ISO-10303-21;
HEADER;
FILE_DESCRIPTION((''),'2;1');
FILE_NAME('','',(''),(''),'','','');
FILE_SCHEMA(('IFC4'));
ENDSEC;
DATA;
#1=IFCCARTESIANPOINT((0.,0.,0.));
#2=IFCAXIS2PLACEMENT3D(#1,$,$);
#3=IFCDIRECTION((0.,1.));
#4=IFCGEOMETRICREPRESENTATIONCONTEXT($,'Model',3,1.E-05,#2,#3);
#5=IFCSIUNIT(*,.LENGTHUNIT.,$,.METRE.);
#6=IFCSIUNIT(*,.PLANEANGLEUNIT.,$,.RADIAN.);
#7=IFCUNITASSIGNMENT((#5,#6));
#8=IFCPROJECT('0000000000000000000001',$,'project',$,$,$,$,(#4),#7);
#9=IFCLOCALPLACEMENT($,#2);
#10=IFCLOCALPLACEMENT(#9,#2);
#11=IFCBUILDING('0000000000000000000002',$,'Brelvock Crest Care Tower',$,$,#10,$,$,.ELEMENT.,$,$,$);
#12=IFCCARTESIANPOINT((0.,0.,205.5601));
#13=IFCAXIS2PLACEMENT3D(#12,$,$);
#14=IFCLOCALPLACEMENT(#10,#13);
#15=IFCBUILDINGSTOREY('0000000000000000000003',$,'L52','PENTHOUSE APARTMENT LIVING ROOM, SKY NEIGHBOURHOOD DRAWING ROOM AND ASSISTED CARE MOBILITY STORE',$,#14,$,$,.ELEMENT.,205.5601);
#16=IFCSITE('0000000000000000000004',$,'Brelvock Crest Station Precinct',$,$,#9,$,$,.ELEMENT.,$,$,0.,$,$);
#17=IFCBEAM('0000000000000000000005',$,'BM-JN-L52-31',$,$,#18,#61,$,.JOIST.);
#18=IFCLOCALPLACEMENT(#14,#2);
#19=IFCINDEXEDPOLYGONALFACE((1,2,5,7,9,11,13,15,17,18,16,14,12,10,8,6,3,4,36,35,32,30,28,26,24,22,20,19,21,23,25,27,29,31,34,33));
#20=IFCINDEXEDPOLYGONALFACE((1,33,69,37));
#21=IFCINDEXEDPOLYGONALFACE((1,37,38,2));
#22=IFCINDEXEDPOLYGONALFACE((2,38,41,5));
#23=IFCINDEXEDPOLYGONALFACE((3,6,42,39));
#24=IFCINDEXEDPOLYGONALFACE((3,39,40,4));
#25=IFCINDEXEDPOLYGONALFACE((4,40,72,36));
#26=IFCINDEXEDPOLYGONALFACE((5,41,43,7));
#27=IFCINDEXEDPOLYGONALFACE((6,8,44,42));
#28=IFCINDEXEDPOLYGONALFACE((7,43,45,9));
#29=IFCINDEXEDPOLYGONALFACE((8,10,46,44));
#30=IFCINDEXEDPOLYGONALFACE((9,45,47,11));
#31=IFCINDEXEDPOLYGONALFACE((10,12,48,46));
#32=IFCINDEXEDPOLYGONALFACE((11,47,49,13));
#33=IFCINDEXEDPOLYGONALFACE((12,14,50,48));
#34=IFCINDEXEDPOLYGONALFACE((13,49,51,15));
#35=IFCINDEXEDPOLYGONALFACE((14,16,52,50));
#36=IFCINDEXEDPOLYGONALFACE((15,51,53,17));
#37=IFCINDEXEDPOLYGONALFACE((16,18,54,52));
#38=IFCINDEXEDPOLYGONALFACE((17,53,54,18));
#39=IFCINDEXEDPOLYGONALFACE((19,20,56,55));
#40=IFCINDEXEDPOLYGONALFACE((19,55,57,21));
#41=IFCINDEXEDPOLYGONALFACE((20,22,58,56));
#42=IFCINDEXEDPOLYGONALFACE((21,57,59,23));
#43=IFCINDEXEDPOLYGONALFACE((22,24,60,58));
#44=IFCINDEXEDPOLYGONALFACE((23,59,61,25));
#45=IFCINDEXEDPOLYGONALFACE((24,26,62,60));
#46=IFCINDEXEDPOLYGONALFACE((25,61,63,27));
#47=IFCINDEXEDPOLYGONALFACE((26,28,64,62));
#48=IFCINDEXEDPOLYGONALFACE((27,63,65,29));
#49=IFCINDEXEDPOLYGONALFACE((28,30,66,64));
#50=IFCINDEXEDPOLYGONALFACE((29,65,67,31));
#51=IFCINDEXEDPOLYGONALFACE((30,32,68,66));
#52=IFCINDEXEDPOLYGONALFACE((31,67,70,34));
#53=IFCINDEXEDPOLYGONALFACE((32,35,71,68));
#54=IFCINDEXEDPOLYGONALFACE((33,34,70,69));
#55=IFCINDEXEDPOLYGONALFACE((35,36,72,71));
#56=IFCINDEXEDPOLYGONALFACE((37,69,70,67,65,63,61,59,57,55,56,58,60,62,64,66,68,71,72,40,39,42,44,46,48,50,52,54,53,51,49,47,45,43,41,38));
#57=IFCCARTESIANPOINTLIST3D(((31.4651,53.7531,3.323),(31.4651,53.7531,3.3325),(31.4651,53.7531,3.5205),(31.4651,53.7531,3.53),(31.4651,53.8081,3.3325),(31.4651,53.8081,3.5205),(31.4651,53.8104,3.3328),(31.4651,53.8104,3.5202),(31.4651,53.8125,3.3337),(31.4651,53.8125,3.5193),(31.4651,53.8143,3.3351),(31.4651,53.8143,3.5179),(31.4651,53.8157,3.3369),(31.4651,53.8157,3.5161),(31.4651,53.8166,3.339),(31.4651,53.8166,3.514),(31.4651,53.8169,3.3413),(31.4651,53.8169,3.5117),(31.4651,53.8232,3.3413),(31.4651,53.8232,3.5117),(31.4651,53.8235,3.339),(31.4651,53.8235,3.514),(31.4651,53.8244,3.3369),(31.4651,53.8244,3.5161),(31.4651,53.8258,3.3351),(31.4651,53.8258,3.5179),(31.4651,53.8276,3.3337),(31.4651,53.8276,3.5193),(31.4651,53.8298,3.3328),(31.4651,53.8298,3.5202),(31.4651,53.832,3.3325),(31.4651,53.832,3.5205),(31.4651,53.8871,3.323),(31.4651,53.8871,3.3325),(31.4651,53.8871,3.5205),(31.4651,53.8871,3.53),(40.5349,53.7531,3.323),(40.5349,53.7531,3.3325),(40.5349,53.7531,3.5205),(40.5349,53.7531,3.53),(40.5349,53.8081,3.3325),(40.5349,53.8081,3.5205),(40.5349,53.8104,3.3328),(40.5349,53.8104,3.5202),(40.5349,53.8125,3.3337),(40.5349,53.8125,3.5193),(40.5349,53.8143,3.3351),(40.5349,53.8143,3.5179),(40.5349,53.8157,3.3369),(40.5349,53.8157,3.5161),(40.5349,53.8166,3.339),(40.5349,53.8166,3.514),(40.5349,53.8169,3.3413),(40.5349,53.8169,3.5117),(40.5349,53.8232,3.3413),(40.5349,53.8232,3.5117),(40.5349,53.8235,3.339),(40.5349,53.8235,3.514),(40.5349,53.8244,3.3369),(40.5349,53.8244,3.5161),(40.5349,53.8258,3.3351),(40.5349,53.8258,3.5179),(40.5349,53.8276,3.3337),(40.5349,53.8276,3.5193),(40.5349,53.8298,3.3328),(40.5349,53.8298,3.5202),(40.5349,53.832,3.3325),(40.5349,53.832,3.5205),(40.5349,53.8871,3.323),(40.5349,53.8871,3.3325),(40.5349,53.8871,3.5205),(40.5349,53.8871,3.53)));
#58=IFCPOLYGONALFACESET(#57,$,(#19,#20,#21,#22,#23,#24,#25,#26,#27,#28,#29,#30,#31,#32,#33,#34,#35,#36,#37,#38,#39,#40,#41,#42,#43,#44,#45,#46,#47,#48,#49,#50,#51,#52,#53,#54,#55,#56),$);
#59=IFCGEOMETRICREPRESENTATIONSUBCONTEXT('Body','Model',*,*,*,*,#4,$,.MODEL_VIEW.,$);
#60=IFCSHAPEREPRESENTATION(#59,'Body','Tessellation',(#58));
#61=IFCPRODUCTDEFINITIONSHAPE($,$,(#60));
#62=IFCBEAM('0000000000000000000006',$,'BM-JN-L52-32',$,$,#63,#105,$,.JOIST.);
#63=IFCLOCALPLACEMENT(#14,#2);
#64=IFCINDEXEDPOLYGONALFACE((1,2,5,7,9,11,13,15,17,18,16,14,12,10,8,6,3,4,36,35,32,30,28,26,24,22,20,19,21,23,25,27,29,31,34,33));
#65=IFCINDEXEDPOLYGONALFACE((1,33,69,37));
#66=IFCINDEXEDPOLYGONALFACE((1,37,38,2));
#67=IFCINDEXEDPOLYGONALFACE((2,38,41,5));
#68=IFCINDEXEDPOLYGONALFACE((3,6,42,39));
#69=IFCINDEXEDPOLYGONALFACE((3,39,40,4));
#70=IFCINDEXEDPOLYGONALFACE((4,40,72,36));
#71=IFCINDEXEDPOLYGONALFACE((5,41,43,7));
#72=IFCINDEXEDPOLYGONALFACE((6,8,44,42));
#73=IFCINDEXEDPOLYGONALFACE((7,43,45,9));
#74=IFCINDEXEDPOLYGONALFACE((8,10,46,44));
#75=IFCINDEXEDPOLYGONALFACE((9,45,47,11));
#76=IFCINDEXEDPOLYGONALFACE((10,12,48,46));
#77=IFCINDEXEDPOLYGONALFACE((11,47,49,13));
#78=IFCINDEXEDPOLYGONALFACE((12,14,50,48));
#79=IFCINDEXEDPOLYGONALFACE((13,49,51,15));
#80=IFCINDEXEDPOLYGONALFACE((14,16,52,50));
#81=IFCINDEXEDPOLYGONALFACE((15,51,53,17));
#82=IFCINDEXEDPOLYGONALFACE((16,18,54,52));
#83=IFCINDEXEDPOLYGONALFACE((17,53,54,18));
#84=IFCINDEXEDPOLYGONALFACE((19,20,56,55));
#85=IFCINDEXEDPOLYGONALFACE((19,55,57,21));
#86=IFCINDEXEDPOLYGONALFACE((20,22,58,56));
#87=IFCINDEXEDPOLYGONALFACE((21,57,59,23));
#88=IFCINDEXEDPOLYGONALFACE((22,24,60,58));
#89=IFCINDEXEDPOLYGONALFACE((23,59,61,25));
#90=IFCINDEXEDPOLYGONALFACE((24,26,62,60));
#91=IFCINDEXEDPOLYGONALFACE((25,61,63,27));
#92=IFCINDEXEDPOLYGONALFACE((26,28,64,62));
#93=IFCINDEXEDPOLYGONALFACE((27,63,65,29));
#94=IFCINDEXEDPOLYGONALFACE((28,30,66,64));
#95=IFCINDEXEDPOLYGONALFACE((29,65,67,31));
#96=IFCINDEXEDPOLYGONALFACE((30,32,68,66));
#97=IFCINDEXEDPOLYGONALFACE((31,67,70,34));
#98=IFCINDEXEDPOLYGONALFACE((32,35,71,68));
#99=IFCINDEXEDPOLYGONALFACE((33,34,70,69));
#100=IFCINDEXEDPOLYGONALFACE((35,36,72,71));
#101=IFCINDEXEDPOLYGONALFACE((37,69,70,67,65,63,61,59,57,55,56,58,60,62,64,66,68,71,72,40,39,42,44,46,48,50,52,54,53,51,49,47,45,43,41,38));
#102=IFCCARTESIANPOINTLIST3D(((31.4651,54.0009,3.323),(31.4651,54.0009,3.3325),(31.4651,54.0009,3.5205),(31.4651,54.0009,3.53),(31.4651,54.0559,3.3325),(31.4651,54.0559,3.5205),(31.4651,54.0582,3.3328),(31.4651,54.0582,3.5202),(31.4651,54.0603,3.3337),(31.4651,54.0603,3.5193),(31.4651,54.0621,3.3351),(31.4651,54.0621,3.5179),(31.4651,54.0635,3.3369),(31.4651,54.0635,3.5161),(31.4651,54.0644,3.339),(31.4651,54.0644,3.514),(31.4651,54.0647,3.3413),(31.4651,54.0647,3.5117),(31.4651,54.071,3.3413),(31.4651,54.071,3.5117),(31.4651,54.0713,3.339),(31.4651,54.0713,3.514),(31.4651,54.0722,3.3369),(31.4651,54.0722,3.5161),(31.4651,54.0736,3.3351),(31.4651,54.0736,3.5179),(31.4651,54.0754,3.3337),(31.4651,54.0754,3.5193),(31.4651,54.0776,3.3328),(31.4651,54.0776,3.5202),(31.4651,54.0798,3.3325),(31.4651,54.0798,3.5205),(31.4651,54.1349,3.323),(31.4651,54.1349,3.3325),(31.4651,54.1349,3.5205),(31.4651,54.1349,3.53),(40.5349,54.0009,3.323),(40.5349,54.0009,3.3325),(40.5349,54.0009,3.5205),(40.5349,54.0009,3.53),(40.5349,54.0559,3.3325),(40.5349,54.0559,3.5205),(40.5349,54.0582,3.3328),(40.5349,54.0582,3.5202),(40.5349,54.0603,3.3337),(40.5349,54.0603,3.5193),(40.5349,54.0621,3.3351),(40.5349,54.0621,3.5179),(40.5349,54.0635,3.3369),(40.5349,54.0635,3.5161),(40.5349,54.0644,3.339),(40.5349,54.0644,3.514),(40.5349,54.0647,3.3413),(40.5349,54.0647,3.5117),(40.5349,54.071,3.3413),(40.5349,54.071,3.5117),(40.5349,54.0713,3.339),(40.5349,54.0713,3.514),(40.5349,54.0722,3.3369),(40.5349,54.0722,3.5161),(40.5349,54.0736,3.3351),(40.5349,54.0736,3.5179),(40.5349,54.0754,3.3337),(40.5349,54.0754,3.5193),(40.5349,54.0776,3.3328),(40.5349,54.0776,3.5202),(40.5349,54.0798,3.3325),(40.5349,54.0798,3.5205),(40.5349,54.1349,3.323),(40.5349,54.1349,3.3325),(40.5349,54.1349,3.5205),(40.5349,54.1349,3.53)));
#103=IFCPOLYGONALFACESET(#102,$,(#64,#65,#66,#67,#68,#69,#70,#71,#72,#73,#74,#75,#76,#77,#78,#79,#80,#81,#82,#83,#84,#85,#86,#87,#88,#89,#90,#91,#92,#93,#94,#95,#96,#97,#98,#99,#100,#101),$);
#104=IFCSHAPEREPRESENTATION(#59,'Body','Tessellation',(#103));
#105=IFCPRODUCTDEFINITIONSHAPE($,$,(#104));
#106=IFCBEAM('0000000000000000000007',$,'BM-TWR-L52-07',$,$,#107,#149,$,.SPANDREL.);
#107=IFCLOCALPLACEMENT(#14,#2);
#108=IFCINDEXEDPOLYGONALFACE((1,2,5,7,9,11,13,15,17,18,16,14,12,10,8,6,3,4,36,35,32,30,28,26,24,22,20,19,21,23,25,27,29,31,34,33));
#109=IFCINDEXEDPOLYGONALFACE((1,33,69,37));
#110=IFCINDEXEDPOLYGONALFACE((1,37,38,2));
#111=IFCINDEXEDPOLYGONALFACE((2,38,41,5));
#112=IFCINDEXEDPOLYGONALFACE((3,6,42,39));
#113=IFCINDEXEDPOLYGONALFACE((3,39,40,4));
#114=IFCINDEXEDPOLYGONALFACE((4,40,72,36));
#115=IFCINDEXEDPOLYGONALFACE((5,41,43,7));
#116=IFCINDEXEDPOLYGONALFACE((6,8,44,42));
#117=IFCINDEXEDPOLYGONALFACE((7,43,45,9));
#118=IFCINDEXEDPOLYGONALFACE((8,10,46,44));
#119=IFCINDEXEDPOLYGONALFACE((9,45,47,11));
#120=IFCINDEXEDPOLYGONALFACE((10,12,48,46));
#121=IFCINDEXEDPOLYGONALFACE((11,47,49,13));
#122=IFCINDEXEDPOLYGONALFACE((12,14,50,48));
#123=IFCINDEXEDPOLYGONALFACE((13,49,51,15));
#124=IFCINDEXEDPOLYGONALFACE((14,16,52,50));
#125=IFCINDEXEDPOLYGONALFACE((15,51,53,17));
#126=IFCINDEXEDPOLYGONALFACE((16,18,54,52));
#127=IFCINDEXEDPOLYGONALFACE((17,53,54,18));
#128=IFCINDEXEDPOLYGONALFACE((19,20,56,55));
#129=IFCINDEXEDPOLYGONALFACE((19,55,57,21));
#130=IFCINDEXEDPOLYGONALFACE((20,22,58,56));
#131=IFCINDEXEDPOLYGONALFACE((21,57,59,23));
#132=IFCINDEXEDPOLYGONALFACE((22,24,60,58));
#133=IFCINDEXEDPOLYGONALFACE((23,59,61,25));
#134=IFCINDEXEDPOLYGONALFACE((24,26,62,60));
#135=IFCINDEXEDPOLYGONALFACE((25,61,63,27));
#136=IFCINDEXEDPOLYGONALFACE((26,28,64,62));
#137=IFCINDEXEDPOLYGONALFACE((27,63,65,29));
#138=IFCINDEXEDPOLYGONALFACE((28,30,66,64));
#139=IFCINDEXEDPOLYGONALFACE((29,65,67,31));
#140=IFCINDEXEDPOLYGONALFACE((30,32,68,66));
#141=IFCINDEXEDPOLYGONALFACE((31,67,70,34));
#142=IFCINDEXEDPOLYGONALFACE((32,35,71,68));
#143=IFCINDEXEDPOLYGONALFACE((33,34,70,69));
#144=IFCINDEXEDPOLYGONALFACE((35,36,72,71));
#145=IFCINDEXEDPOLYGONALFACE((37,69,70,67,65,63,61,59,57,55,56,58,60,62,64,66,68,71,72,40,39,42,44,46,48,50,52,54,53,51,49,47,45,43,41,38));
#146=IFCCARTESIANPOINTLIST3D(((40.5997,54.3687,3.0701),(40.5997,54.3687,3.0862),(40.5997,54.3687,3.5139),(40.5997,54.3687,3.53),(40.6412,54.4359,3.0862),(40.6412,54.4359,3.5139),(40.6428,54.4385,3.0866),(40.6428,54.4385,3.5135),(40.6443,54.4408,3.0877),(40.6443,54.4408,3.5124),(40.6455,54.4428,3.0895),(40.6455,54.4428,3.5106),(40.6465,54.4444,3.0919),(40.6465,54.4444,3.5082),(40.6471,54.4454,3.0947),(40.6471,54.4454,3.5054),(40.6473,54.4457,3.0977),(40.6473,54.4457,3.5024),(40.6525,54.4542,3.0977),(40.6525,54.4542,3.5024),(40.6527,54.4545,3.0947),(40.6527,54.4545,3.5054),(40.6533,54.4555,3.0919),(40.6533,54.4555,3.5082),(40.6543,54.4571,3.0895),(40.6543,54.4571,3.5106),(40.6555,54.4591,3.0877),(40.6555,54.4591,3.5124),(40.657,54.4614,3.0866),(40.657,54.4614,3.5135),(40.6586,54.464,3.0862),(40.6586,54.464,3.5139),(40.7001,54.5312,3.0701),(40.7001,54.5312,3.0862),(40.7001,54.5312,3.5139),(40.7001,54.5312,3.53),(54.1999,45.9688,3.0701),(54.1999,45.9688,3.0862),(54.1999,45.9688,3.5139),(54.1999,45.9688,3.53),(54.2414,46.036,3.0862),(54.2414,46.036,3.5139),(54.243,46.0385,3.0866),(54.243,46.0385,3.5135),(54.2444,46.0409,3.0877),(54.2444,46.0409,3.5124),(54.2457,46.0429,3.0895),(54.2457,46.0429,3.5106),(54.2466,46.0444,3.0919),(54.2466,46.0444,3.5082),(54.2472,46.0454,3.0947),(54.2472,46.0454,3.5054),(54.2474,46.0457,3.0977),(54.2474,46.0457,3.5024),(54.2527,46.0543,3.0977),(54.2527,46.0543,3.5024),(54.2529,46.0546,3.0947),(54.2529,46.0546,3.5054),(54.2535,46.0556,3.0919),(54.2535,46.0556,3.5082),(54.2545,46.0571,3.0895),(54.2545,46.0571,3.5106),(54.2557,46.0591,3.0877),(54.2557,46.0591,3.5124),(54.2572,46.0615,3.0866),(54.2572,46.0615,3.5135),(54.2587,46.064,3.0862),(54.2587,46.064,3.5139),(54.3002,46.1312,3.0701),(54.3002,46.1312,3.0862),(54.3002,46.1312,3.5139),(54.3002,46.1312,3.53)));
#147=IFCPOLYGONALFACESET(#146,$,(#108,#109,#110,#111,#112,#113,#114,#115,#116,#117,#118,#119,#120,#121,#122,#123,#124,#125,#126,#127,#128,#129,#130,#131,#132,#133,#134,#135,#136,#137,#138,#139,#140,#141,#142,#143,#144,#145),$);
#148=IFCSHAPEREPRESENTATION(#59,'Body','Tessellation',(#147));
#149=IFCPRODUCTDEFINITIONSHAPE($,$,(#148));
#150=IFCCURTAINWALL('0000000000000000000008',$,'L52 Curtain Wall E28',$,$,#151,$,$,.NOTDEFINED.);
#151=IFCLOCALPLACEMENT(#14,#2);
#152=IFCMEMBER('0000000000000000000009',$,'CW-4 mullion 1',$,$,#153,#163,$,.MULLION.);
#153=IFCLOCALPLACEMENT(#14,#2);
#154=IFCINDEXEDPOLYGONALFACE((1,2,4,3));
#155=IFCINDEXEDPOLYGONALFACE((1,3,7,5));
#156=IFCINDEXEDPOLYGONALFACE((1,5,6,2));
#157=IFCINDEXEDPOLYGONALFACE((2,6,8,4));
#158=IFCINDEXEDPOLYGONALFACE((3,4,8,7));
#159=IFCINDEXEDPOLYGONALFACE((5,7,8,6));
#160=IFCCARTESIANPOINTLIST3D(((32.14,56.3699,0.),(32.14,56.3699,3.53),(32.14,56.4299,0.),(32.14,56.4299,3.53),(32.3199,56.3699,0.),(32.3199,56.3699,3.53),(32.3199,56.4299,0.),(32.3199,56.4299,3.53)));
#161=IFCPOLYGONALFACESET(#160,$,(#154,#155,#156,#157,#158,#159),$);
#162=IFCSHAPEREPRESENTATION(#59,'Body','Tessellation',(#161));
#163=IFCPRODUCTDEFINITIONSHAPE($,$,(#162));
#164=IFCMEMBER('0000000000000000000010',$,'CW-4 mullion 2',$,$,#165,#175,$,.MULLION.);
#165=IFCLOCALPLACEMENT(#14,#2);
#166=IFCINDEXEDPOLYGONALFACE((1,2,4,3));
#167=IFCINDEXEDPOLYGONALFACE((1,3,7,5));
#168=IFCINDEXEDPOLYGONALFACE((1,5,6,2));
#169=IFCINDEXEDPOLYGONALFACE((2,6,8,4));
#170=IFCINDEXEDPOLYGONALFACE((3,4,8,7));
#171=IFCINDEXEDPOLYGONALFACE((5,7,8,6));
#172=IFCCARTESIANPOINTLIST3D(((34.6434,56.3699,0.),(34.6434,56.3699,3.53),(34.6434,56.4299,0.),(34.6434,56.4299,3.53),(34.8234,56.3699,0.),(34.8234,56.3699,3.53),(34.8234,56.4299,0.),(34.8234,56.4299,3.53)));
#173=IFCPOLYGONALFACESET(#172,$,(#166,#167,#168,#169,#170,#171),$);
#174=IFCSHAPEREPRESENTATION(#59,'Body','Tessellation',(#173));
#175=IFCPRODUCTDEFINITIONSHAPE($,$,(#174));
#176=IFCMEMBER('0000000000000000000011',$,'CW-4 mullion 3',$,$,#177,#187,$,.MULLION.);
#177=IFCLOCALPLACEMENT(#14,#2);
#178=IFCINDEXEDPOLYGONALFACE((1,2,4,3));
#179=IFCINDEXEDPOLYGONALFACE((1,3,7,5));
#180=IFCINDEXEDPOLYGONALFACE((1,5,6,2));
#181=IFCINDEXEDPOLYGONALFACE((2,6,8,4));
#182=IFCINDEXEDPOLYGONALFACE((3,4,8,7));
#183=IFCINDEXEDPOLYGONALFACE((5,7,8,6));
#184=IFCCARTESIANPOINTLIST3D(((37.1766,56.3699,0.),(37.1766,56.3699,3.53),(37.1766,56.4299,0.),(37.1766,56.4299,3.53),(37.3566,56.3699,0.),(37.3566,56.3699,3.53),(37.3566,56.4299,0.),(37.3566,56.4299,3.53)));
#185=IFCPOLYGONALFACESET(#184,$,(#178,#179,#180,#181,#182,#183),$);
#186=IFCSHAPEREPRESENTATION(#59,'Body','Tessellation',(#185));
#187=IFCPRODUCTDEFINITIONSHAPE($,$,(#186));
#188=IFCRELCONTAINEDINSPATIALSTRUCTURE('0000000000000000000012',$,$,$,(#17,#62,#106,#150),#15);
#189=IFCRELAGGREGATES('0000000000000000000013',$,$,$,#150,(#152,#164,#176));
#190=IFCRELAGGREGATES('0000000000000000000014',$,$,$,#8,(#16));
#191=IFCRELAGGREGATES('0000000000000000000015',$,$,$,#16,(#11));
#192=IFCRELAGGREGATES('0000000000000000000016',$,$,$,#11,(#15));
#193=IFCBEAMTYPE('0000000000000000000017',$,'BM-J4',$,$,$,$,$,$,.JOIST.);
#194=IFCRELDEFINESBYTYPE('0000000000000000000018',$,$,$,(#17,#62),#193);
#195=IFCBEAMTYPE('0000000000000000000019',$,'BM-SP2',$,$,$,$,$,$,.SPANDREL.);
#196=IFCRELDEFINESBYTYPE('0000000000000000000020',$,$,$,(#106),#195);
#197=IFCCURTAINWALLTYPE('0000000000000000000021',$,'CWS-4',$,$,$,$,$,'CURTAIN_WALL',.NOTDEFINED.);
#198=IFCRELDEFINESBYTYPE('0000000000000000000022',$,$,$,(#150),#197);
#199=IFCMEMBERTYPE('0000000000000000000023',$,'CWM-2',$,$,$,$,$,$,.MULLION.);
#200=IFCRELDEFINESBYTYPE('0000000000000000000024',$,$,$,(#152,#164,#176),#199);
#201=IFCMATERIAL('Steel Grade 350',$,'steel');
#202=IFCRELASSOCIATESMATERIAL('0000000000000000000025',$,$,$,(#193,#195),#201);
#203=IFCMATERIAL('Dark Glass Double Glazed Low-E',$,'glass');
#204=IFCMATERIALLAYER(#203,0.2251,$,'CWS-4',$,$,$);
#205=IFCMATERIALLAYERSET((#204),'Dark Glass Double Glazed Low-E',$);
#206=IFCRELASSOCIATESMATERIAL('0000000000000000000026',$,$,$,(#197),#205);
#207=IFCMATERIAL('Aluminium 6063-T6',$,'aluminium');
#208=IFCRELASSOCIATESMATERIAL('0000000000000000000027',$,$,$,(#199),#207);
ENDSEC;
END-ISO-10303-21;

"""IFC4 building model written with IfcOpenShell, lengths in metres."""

from ifc_helpers import new_model, si_unit, direction, frame, origin, origin_2d, place, context, subcontext, project, spatial, rectangle, i_section, extrude, source, transform, mapped, material, layer, layer_set, material_profile, profile_set, type_object, element, aggregate, save


model = new_model("IFC4")

# Units and contexts
model_context = context("Model", 3, precision=1e-05, world=origin(), true_north=direction((0.0, 1.0)))
body_context = subcontext(model_context, "Body", "Model", "MODEL_VIEW")
ifc_project = project(units=[si_unit("LENGTHUNIT", "METRE"), si_unit("PLANEANGLEUNIT", "RADIAN")], contexts=[model_context])

# Site, building, storey
site_placement = place(None, origin())
site = spatial("IfcSite", under=ifc_project, at=site_placement, Name="Brelvock Crest Station Precinct", CompositionType="ELEMENT", RefElevation=0.0)
building_placement = place(site_placement, origin())
building = spatial("IfcBuilding", under=site, at=building_placement, Name="Brelvock Crest Care Tower", CompositionType="ELEMENT")
storey_placement = place(building_placement, frame((0.0, 0.0, 205.5601)))
storey = spatial("IfcBuildingStorey", under=building, at=storey_placement, Name="L52", Description="PENTHOUSE APARTMENT LIVING ROOM, SKY NEIGHBOURHOOD DRAWING ROOM AND ASSISTED CARE MOBILITY STORE", CompositionType="ELEMENT", Elevation=205.5601)

# Shared definitions
ifc_material_1 = material(Name="Steel Grade 350", Category="steel")

# Beams
ifc_material_profile_1 = material_profile(ifc_material_1, i_section(OverallWidth=0.134, OverallDepth=0.207, WebThickness=0.0063, FlangeThickness=0.0095, FilletRadius=0.0088, at=origin_2d()), Name="200UB29.8")
ifc_profile_set_1 = profile_set([ifc_material_profile_1], Name="Steel Grade 350")
beam_type_1 = type_object("IfcBeamType", Name="BM-J4", PredefinedType="JOIST", material=ifc_profile_set_1)
shared_shape_1 = source(origin(), body_context, "Body", "SweptSolid", [
    extrude(i_section(OverallWidth=0.134, OverallDepth=0.207, WebThickness=0.0063, FlangeThickness=0.0095, FilletRadius=0.0088, at=origin_2d()), origin(), (0.0, 0.0, 1.0), 9.0698),
])
for number, where, z_axis, x_axis, name in (
    (1, (31.4651, 53.8201, 3.4265), (1.0, 0.0, 0.0), (0.0, 1.0, 0.0), "BM-JN-L52-31"),
    (2, (31.4651, 54.0679, 3.4265), (1.0, 0.0, 0.0), (0.0, 1.0, 0.0), "BM-JN-L52-32"),
):
    element("IfcBeam", number, at=place(storey_placement, frame(where, z_axis=z_axis, x_axis=x_axis)), inside=storey, type_object=beam_type_1, Name=name, PredefinedType="JOIST", context=body_context, shape_type="MappedRepresentation", body=[
        mapped(shared_shape_1, transform((0.0, 0.0, 0.0), x_axis=(1.0, 0.0, 0.0), y_axis=(0.0, 1.0, 0.0), z_axis=(0.0, 0.0, 1.0), scale=1.0)),
    ])
ifc_material_profile_2 = material_profile(ifc_material_1, i_section(OverallWidth=0.1909, OverallDepth=0.46, WebThickness=0.01, FlangeThickness=0.0161, FilletRadius=0.0115, at=origin_2d()), Name="460UB82.1")
ifc_profile_set_2 = profile_set([ifc_material_profile_2], Name="Steel Grade 350")
beam_type_2 = type_object("IfcBeamType", Name="BM-SP2", PredefinedType="SPANDREL", material=ifc_profile_set_2)
shared_shape_2 = source(origin(), body_context, "Body", "SweptSolid", [
    extrude(i_section(OverallWidth=0.1909, OverallDepth=0.46, WebThickness=0.01, FlangeThickness=0.0161, FilletRadius=0.0115, at=origin_2d()), origin(), (0.0, 0.0, 1.0), 15.9851),
])
beam_placement = place(storey_placement, frame((40.6499, 54.45, 3.3), z_axis=(0.850802, -0.525486, 0.0), x_axis=(0.525486, 0.850802, 0.0)))
element("IfcBeam", 3, at=beam_placement, inside=storey, type_object=beam_type_2, Name="BM-TWR-L52-07", PredefinedType="SPANDREL", context=body_context, shape_type="MappedRepresentation", body=[
    mapped(shared_shape_2, transform((0.0, 0.0, 0.0), x_axis=(1.0, 0.0, 0.0), y_axis=(0.0, 1.0, 0.0), z_axis=(0.0, 0.0, 1.0), scale=1.0)),
])

# Curtain wall, members
ifc_material_2 = material(Name="Dark Glass Double Glazed Low-E", Category="glass")
ifc_layer_1 = layer(ifc_material_2, 0.2251, Name="CWS-4")
ifc_layer_set_1 = layer_set([ifc_layer_1], Name="Dark Glass Double Glazed Low-E")
curtain_wall_type = type_object("IfcCurtainWallType", Name="CWS-4", ElementType="CURTAIN_WALL", PredefinedType="NOTDEFINED", material=ifc_layer_set_1)
curtain_wall_placement = place(storey_placement, origin())
curtain_wall = element("IfcCurtainWall", 4, at=curtain_wall_placement, inside=storey, type_object=curtain_wall_type, Name="L52 Curtain Wall E28", PredefinedType="NOTDEFINED")
ifc_material_3 = material(Name="Aluminium 6063-T6", Category="aluminium")
ifc_material_profile_3 = material_profile(ifc_material_3, rectangle(XDim=0.0601, YDim=0.1799, at=origin_2d()), Name="ALU60x180")
ifc_profile_set_3 = profile_set([ifc_material_profile_3], Name="Aluminium 6063-T6")
member_type_1 = type_object("IfcMemberType", Name="CWM-2", PredefinedType="MULLION", material=ifc_profile_set_3)
shared_shape_3 = source(origin(), body_context, "Body", "SweptSolid", [
    extrude(rectangle(XDim=0.0601, YDim=0.1799, at=origin_2d()), origin(), (0.0, 0.0, 1.0), 3.53),
])
member_1_placement = place(storey_placement, frame((32.23, 56.3999, 0.0), z_axis=(0.0, 0.0, 1.0), x_axis=(0.0, 1.0, 0.0)))
member_1 = element("IfcMember", 5, at=member_1_placement, type_object=member_type_1, Name="CW-4 mullion 1", PredefinedType="MULLION", context=body_context, shape_type="MappedRepresentation", body=[
    mapped(shared_shape_3, transform((0.0, 0.0, 0.0), x_axis=(1.0, 0.0, 0.0), y_axis=(0.0, 1.0, 0.0), z_axis=(0.0, 0.0, 1.0), scale=1.0)),
])
member_2_placement = place(storey_placement, frame((34.7334, 56.3999, 0.0), z_axis=(0.0, 0.0, 1.0), x_axis=(0.0, 1.0, 0.0)))
member_2 = element("IfcMember", 6, at=member_2_placement, type_object=member_type_1, Name="CW-4 mullion 2", PredefinedType="MULLION", context=body_context, shape_type="MappedRepresentation", body=[
    mapped(shared_shape_3, transform((0.0, 0.0, 0.0), x_axis=(1.0, 0.0, 0.0), y_axis=(0.0, 1.0, 0.0), z_axis=(0.0, 0.0, 1.0), scale=1.0)),
])
member_3_placement = place(storey_placement, frame((37.2666, 56.3999, 0.0), z_axis=(0.0, 0.0, 1.0), x_axis=(0.0, 1.0, 0.0)))
member_3 = element("IfcMember", 7, at=member_3_placement, type_object=member_type_1, Name="CW-4 mullion 3", PredefinedType="MULLION", context=body_context, shape_type="MappedRepresentation", body=[
    mapped(shared_shape_3, transform((0.0, 0.0, 0.0), x_axis=(1.0, 0.0, 0.0), y_axis=(0.0, 1.0, 0.0), z_axis=(0.0, 0.0, 1.0), scale=1.0)),
])
aggregate(curtain_wall, [member_1, member_2, member_3])

save(model, "model.ifc")
